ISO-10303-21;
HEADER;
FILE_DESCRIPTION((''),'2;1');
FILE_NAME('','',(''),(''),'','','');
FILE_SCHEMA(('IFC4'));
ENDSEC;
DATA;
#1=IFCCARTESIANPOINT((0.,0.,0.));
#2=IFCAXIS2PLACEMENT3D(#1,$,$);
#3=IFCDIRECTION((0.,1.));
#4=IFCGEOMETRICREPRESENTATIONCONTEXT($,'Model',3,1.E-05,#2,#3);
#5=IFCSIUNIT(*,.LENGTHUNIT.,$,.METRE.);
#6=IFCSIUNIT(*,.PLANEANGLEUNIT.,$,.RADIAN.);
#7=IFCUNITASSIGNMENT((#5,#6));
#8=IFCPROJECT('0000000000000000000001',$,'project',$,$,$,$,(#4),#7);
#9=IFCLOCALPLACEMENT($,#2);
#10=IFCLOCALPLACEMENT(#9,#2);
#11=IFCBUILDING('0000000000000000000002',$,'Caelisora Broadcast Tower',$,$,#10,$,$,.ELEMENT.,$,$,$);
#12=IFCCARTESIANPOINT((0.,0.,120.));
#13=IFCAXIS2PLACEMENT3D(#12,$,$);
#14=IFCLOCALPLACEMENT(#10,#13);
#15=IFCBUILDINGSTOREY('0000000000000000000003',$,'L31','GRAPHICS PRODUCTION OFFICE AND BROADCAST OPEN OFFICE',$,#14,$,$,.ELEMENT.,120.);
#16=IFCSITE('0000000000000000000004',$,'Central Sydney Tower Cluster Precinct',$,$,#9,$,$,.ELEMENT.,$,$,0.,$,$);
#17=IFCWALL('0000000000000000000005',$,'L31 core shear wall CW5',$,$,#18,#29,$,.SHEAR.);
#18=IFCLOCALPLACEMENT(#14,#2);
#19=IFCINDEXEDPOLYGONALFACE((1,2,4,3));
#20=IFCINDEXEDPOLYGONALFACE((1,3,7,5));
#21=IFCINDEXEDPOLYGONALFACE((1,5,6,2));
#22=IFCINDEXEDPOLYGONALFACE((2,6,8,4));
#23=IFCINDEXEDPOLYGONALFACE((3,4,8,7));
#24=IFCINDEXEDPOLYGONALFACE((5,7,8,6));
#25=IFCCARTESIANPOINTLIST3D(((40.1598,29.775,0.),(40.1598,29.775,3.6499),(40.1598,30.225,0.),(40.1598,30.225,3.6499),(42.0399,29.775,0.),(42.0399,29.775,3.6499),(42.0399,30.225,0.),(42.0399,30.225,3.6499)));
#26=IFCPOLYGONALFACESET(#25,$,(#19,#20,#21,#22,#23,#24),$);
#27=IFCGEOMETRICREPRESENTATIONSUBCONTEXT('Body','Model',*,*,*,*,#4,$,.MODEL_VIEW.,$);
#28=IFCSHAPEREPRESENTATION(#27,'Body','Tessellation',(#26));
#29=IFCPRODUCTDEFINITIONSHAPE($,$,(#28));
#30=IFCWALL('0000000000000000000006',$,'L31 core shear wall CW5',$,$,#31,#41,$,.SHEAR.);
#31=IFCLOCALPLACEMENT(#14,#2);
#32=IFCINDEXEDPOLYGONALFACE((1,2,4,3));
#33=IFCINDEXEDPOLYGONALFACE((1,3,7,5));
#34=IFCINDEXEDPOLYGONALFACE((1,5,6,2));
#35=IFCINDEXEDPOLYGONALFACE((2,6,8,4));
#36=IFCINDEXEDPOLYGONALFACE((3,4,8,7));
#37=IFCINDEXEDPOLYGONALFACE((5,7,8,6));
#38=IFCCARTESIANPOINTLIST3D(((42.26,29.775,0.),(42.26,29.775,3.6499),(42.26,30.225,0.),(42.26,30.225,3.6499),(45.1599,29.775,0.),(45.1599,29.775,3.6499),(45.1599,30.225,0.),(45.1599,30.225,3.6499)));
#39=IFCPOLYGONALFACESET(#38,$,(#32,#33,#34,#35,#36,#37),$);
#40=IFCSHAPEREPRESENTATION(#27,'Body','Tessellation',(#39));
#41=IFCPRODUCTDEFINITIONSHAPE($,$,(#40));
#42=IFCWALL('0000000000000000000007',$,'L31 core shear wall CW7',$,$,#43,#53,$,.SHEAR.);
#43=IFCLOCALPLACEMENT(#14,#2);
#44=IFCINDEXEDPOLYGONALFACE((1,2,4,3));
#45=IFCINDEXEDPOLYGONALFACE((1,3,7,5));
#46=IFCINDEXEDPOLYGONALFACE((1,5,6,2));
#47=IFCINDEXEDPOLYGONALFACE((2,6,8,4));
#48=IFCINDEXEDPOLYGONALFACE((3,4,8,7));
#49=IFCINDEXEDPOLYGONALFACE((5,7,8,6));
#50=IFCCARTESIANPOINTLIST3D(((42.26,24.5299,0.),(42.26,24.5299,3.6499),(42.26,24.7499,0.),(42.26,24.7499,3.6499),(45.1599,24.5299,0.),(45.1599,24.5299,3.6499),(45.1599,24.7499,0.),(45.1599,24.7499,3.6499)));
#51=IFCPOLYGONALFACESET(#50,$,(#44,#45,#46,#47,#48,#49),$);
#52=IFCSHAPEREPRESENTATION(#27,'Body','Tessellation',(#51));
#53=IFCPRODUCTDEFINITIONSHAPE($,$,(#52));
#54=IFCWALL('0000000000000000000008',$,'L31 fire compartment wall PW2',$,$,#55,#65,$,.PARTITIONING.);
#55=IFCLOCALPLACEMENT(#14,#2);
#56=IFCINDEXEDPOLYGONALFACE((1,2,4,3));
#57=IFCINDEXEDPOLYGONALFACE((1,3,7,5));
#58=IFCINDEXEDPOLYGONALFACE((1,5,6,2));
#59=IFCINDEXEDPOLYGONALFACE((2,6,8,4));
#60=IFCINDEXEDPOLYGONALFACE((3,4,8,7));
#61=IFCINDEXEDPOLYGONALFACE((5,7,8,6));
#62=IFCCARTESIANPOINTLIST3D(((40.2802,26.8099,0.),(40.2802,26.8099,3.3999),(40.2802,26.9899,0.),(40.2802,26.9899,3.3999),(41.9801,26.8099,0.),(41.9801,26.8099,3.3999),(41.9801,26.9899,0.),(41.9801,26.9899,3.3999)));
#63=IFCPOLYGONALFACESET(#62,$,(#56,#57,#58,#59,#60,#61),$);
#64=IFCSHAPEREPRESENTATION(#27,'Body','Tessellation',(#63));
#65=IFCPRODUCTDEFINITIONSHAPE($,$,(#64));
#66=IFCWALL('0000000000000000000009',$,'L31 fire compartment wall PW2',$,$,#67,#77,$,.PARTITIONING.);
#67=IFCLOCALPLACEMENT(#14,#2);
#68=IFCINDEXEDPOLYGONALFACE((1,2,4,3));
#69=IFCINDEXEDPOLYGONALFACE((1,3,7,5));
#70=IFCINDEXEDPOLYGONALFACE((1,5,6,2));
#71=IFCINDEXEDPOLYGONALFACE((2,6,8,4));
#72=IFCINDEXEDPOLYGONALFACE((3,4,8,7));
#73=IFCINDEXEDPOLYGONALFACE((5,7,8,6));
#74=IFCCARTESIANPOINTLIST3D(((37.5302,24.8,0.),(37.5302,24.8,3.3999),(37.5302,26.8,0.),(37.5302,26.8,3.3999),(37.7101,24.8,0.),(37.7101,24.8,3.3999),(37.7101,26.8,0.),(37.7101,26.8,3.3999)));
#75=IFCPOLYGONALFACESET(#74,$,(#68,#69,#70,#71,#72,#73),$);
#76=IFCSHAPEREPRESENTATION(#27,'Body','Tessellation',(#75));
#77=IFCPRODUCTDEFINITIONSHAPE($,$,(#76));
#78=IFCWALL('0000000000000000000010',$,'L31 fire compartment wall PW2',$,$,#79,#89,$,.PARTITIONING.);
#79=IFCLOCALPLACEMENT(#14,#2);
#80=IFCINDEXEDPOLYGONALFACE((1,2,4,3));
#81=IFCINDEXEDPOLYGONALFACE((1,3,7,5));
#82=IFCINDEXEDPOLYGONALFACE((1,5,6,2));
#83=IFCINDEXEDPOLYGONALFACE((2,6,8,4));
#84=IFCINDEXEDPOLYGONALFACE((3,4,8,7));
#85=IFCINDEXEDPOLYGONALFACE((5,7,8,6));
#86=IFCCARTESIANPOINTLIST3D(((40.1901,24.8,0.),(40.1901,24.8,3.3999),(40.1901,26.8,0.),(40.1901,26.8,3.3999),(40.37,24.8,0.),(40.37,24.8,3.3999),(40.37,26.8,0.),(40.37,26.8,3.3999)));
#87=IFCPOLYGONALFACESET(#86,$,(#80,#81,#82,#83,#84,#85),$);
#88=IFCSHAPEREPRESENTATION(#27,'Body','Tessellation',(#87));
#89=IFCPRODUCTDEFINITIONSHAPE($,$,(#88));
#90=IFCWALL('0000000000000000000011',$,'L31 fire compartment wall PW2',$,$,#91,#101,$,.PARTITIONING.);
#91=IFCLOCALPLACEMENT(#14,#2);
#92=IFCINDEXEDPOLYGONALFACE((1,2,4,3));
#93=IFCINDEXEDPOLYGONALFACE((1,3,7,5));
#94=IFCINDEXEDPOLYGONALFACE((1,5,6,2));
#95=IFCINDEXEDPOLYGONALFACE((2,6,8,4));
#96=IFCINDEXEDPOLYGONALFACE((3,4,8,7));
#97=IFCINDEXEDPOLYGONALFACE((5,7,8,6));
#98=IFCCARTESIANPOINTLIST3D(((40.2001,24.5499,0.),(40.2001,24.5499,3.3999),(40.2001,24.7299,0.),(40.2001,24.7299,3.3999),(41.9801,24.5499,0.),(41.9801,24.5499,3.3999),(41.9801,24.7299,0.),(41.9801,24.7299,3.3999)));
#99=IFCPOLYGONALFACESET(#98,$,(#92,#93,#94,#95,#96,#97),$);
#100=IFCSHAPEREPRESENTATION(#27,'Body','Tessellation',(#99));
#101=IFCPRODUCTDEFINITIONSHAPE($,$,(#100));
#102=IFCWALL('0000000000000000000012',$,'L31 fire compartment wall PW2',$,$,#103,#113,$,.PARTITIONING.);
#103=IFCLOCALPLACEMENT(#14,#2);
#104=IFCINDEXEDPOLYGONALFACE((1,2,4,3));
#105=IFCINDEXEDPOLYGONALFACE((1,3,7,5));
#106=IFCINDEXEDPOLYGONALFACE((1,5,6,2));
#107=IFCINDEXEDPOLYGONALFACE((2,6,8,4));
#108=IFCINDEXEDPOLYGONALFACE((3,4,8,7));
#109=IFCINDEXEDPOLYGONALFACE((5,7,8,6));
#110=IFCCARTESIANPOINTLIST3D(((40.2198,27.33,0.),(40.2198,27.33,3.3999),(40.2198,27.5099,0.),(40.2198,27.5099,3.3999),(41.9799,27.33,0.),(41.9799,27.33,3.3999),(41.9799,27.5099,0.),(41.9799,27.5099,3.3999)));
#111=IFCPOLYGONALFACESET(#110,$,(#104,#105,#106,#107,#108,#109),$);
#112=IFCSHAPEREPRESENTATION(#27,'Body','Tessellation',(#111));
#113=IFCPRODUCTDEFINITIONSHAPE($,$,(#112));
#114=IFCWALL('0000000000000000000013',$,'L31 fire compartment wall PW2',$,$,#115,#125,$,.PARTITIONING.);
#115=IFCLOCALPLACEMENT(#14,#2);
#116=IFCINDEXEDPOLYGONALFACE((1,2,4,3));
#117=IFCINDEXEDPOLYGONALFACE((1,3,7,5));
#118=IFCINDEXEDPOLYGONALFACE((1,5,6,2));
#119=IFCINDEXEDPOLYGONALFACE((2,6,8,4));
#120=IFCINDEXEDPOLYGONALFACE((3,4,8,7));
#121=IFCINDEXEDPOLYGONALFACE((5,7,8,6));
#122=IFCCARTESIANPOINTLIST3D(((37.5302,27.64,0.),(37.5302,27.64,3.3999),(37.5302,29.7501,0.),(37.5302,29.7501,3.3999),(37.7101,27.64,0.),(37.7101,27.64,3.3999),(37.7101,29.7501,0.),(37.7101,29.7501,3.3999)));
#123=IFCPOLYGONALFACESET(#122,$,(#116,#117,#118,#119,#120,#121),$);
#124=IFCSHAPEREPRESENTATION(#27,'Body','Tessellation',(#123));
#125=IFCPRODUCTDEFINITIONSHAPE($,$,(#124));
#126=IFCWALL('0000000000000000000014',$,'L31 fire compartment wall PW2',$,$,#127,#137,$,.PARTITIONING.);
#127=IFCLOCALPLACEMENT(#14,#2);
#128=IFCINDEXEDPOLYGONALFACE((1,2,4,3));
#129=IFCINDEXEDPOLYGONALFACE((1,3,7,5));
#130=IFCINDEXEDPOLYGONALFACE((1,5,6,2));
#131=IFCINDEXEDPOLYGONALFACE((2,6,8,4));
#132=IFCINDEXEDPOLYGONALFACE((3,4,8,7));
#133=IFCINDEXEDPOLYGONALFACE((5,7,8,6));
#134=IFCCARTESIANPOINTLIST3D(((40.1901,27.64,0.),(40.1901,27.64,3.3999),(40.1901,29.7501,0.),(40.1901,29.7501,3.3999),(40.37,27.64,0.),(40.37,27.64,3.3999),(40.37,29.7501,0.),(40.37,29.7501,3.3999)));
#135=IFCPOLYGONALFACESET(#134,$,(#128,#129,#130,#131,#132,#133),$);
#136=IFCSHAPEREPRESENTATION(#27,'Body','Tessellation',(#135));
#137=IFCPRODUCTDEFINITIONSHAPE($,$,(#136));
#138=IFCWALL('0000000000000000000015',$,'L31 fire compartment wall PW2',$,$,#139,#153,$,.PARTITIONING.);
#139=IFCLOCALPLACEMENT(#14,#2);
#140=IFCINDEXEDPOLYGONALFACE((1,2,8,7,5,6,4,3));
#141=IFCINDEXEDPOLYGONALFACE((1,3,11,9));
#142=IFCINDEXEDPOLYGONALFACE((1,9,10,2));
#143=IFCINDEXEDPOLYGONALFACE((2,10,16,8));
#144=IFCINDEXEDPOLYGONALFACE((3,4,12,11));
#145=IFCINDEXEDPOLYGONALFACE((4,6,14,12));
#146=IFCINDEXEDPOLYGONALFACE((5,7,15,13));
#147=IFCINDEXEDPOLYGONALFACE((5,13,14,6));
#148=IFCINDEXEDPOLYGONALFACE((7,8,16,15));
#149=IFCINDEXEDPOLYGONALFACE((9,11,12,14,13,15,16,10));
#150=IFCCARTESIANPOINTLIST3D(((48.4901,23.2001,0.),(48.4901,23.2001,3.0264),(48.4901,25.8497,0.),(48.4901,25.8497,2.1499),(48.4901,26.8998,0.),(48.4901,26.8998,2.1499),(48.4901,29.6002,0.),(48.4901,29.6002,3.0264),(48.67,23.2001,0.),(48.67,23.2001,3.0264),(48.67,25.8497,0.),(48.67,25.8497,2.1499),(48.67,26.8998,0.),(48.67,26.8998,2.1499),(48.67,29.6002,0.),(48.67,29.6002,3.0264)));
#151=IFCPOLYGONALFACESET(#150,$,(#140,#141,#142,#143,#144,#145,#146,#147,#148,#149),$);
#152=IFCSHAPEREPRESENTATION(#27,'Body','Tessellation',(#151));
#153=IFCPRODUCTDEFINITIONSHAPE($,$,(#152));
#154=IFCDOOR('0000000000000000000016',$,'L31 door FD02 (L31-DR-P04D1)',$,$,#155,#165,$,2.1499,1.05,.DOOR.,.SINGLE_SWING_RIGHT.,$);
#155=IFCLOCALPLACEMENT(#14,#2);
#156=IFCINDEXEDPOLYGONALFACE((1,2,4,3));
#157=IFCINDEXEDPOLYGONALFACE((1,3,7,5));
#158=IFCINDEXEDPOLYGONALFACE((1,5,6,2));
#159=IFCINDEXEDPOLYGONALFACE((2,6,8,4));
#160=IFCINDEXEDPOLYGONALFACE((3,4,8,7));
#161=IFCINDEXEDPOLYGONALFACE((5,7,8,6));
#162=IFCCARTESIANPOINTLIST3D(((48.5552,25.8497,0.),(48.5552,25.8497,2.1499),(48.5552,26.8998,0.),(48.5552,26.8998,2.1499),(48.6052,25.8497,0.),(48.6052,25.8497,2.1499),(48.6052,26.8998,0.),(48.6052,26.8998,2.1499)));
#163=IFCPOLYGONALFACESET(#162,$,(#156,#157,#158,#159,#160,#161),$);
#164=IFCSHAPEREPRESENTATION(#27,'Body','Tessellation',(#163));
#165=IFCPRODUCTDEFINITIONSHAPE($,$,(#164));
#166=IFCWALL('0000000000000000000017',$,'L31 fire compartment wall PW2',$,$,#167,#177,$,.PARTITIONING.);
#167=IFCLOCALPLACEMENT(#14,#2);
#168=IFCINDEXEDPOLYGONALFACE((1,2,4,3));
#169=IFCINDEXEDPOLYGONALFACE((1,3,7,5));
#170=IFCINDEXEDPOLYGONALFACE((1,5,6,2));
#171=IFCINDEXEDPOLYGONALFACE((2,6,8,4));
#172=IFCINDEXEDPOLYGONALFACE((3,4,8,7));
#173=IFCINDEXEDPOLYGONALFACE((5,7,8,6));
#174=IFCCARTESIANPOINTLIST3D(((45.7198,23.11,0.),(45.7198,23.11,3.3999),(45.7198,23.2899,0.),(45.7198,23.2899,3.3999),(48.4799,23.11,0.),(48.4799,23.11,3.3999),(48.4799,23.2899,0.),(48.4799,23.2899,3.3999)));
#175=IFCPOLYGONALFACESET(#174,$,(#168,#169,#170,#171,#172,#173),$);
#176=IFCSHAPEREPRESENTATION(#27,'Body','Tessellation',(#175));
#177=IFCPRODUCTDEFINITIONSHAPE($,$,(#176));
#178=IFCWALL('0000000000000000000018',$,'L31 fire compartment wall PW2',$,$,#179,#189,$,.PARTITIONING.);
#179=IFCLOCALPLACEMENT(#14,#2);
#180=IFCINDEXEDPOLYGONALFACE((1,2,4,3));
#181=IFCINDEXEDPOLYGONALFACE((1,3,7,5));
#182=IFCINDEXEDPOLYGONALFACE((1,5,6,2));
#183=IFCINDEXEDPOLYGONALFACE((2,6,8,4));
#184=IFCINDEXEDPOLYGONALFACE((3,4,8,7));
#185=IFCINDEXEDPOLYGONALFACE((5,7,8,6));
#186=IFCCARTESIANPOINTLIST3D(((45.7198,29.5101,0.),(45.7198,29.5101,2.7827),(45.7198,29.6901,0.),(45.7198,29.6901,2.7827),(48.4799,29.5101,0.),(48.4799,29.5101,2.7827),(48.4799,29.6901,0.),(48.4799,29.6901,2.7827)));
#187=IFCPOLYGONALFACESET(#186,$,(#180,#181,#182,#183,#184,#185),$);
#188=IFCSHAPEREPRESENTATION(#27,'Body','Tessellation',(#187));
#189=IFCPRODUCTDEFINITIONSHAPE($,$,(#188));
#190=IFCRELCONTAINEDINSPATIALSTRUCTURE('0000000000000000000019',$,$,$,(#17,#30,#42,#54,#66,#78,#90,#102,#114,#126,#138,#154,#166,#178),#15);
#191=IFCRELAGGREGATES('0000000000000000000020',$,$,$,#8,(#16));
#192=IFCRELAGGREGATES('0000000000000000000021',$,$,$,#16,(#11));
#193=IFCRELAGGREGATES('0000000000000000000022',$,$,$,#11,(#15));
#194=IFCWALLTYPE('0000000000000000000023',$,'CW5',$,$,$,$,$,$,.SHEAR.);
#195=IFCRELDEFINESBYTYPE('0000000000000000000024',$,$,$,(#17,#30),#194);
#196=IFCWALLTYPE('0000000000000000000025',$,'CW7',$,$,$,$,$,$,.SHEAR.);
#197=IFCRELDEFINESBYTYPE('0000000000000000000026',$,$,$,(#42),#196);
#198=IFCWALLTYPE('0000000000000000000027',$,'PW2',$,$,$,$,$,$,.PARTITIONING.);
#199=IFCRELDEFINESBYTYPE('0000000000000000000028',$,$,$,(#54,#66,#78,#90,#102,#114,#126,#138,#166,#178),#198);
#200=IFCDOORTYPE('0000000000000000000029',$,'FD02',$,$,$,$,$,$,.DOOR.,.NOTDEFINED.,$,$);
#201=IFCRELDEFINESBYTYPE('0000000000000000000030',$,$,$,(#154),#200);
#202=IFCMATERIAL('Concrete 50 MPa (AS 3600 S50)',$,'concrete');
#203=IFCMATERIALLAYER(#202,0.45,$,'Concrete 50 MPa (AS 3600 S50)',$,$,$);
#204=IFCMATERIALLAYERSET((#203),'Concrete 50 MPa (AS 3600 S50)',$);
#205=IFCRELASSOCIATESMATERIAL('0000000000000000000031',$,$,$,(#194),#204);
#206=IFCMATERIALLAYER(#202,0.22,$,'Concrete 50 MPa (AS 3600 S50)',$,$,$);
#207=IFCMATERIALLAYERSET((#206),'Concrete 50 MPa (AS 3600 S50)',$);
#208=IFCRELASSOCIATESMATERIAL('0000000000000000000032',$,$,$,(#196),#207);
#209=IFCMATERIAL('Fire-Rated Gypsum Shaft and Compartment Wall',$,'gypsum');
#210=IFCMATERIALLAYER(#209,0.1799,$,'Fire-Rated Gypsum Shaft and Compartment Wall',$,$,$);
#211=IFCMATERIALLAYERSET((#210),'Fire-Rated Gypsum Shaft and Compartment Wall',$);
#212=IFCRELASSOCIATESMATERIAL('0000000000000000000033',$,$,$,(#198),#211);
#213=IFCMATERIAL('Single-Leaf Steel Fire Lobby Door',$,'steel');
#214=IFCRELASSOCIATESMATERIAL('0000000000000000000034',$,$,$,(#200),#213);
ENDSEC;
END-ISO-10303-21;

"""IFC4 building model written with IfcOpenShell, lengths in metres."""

from ifc_helpers import new_model, si_unit, direction, frame, frame_2d, origin, place, context, subcontext, project, spatial, rectangle, extrude, material, layer, layer_set, type_object, element, fill, save


model = new_model("IFC4")

# Units and contexts
model_context = context("Model", 3, precision=1e-05, world=origin(), true_north=direction((0.0, 1.0)))
body_context = subcontext(model_context, "Body", "Model", "MODEL_VIEW")
ifc_project = project(units=[si_unit("LENGTHUNIT", "METRE"), si_unit("PLANEANGLEUNIT", "RADIAN")], contexts=[model_context])

# Site, building, storey
site_placement = place(None, origin())
site = spatial("IfcSite", under=ifc_project, at=site_placement, Name="Central Sydney Tower Cluster Precinct", CompositionType="ELEMENT", RefElevation=0.0)
building_placement = place(site_placement, origin())
building = spatial("IfcBuilding", under=site, at=building_placement, Name="Caelisora Broadcast Tower", CompositionType="ELEMENT")
storey_placement = place(building_placement, frame((0.0, 0.0, 120.0)))
storey = spatial("IfcBuildingStorey", under=building, at=storey_placement, Name="L31", Description="GRAPHICS PRODUCTION OFFICE AND BROADCAST OPEN OFFICE", CompositionType="ELEMENT", Elevation=120.0)

# Shared definitions
ifc_material_1 = material(Name="Concrete 50 MPa (AS 3600 S50)", Category="concrete")

# Walls
ifc_layer_1 = layer(ifc_material_1, 0.45, Name="Concrete 50 MPa (AS 3600 S50)")
ifc_layer_set_1 = layer_set([ifc_layer_1], Name="Concrete 50 MPa (AS 3600 S50)")
wall_type_1 = type_object("IfcWallType", Name="CW5", PredefinedType="SHEAR", material=ifc_layer_set_1)
wall_1_placement = place(storey_placement, frame((40.1599, 30.0, 0.0), z_axis=(0.0, 0.0, 1.0), x_axis=(1.0, 0.0, 0.0)))
element("IfcWall", 1, at=wall_1_placement, inside=storey, type_object=wall_type_1, Name="L31 core shear wall CW5", PredefinedType="SHEAR", context=body_context, shape_type="SweptSolid", body=[
    extrude(rectangle(XDim=1.8801, YDim=0.45, at=frame_2d((0.9399, 0.0))), origin(), (0.0, 0.0, 1.0), 3.6499),
])
wall_2_placement = place(storey_placement, frame((42.26, 30.0, 0.0), z_axis=(0.0, 0.0, 1.0), x_axis=(1.0, 0.0, 0.0)))
element("IfcWall", 2, at=wall_2_placement, inside=storey, type_object=wall_type_1, Name="L31 core shear wall CW5", PredefinedType="SHEAR", context=body_context, shape_type="SweptSolid", body=[
    extrude(rectangle(XDim=2.8999, YDim=0.45, at=frame_2d((1.45, 0.0))), origin(), (0.0, 0.0, 1.0), 3.6499),
])
ifc_layer_2 = layer(ifc_material_1, 0.22, Name="Concrete 50 MPa (AS 3600 S50)")
ifc_layer_set_2 = layer_set([ifc_layer_2], Name="Concrete 50 MPa (AS 3600 S50)")
wall_type_2 = type_object("IfcWallType", Name="CW7", PredefinedType="SHEAR", material=ifc_layer_set_2)
wall_3_placement = place(storey_placement, frame((42.26, 24.6399, 0.0), z_axis=(0.0, 0.0, 1.0), x_axis=(1.0, 0.0, 0.0)))
element("IfcWall", 3, at=wall_3_placement, inside=storey, type_object=wall_type_2, Name="L31 core shear wall CW7", PredefinedType="SHEAR", context=body_context, shape_type="SweptSolid", body=[
    extrude(rectangle(XDim=2.8999, YDim=0.22, at=frame_2d((1.45, 0.0))), origin(), (0.0, 0.0, 1.0), 3.6499),
])
ifc_material_2 = material(Name="Fire-Rated Gypsum Shaft and Compartment Wall", Category="gypsum")
ifc_layer_3 = layer(ifc_material_2, 0.1799, Name="Fire-Rated Gypsum Shaft and Compartment Wall")
ifc_layer_set_3 = layer_set([ifc_layer_3], Name="Fire-Rated Gypsum Shaft and Compartment Wall")
wall_type_3 = type_object("IfcWallType", Name="PW2", PredefinedType="PARTITIONING", material=ifc_layer_set_3)
wall_4_placement = place(storey_placement, frame((40.28, 26.8999, 0.0), z_axis=(0.0, 0.0, 1.0), x_axis=(1.0, 0.0, 0.0)))
element("IfcWall", 4, at=wall_4_placement, inside=storey, type_object=wall_type_3, Name="L31 fire compartment wall PW2", PredefinedType="PARTITIONING", context=body_context, shape_type="SweptSolid", body=[
    extrude(rectangle(XDim=1.7, YDim=0.1799, at=frame_2d((0.8501, 0.0))), origin(), (0.0, 0.0, 1.0), 3.3999),
])
for number, where, z_axis, x_axis, name in (
    (5, (37.6201, 24.8, 0.0), (0.0, 0.0, 1.0), (0.0, 1.0, 0.0), "L31 fire compartment wall PW2"),
    (6, (40.28, 24.8, 0.0), (0.0, 0.0, 1.0), (0.0, 1.0, 0.0), "L31 fire compartment wall PW2"),
):
    element("IfcWall", number, at=place(storey_placement, frame(where, z_axis=z_axis, x_axis=x_axis)), inside=storey, type_object=wall_type_3, Name=name, PredefinedType="PARTITIONING", context=body_context, shape_type="SweptSolid", body=[
        extrude(rectangle(XDim=2.0, YDim=0.1799, at=frame_2d((1.0, 0.0))), origin(), (0.0, 0.0, 1.0), 3.3999),
    ])
wall_5_placement = place(storey_placement, frame((40.2, 24.6399, 0.0), z_axis=(0.0, 0.0, 1.0), x_axis=(1.0, 0.0, 0.0)))
element("IfcWall", 7, at=wall_5_placement, inside=storey, type_object=wall_type_3, Name="L31 fire compartment wall PW2", PredefinedType="PARTITIONING", context=body_context, shape_type="SweptSolid", body=[
    extrude(rectangle(XDim=1.78, YDim=0.1799, at=frame_2d((0.8901, 0.0))), origin(), (0.0, 0.0, 1.0), 3.3999),
])
wall_6_placement = place(storey_placement, frame((40.22, 27.4199, 0.0), z_axis=(0.0, 0.0, 1.0), x_axis=(1.0, 0.0, 0.0)))
element("IfcWall", 8, at=wall_6_placement, inside=storey, type_object=wall_type_3, Name="L31 fire compartment wall PW2", PredefinedType="PARTITIONING", context=body_context, shape_type="SweptSolid", body=[
    extrude(rectangle(XDim=1.76, YDim=0.1799, at=frame_2d((0.8799, 0.0))), origin(), (0.0, 0.0, 1.0), 3.3999),
])
for number, where, z_axis, x_axis, name in (
    (9, (37.6201, 27.6399, 0.0), (0.0, 0.0, 1.0), (0.0, 1.0, 0.0), "L31 fire compartment wall PW2"),
    (10, (40.28, 27.6399, 0.0), (0.0, 0.0, 1.0), (0.0, 1.0, 0.0), "L31 fire compartment wall PW2"),
):
    element("IfcWall", number, at=place(storey_placement, frame(where, z_axis=z_axis, x_axis=x_axis)), inside=storey, type_object=wall_type_3, Name=name, PredefinedType="PARTITIONING", context=body_context, shape_type="SweptSolid", body=[
        extrude(rectangle(XDim=2.1101, YDim=0.1799, at=frame_2d((1.0552, 0.0))), origin(), (0.0, 0.0, 1.0), 3.3999),
    ])

# Wall, opening, door
wall_7_placement = place(storey_placement, frame((48.5801, 23.2, 0.0), z_axis=(0.0, 0.0, 1.0), x_axis=(0.0, 1.0, 0.0)))
wall_7 = element("IfcWall", 11, at=wall_7_placement, inside=storey, type_object=wall_type_3, Name="L31 fire compartment wall PW2", PredefinedType="PARTITIONING", context=body_context, shape_type="SweptSolid", body=[
    extrude(rectangle(XDim=6.4001, YDim=0.1799, at=frame_2d((3.2002, 0.0))), origin(), (0.0, 0.0, 1.0), 3.0264),
])
opening_1_placement = place(wall_7_placement, frame((2.6499, 0.0, 0.0)))
opening_1 = element("IfcOpeningElement", 12, at=opening_1_placement, cuts=wall_7, PredefinedType="OPENING", context=body_context, shape_type="SweptSolid", body=[
    extrude(rectangle(XDim=1.05, YDim=2.1499, at=frame_2d((0.5249, 1.075))), frame((0.0, 0.1021, 0.0), z_axis=(0.0, -1.0, 0.0), x_axis=(1.0, 0.0, 0.0)), (0.0, 0.0, 1.0), 0.2039),
])
ifc_material_3 = material(Name="Single-Leaf Steel Fire Lobby Door", Category="steel")
door_type = type_object("IfcDoorType", Name="FD02", OperationType="NOTDEFINED", PredefinedType="DOOR", material=ifc_material_3)
door_1_placement = place(opening_1_placement, origin())
door_1 = element("IfcDoor", 13, at=door_1_placement, inside=storey, type_object=door_type, Name="L31 door FD02 (L31-DR-P04D1)", OperationType="SINGLE_SWING_RIGHT", OverallHeight=2.1499, OverallWidth=1.05, PredefinedType="DOOR", context=body_context, shape_type="SweptSolid", body=[
    extrude(rectangle(XDim=1.05, YDim=2.1499, at=frame_2d((0.5249, 1.075))), frame((0.0, 0.0249, 0.0), z_axis=(0.0, -1.0, 0.0), x_axis=(1.0, 0.0, 0.0)), (0.0, 0.0, 1.0), 0.05),
])
fill(opening_1, door_1)

# Walls
wall_8_placement = place(storey_placement, frame((45.72, 23.2, 0.0), z_axis=(0.0, 0.0, 1.0), x_axis=(1.0, 0.0, 0.0)))
element("IfcWall", 14, at=wall_8_placement, inside=storey, type_object=wall_type_3, Name="L31 fire compartment wall PW2", PredefinedType="PARTITIONING", context=body_context, shape_type="SweptSolid", body=[
    extrude(rectangle(XDim=2.76, YDim=0.1799, at=frame_2d((1.3799, 0.0))), origin(), (0.0, 0.0, 1.0), 3.3999),
])
wall_9_placement = place(storey_placement, frame((45.72, 29.6001, 0.0), z_axis=(0.0, 0.0, 1.0), x_axis=(1.0, 0.0, 0.0)))
element("IfcWall", 15, at=wall_9_placement, inside=storey, type_object=wall_type_3, Name="L31 fire compartment wall PW2", PredefinedType="PARTITIONING", context=body_context, shape_type="SweptSolid", body=[
    extrude(rectangle(XDim=2.76, YDim=0.1799, at=frame_2d((1.3799, 0.0))), origin(), (0.0, 0.0, 1.0), 2.7827),
])

save(model, "model.ifc")
